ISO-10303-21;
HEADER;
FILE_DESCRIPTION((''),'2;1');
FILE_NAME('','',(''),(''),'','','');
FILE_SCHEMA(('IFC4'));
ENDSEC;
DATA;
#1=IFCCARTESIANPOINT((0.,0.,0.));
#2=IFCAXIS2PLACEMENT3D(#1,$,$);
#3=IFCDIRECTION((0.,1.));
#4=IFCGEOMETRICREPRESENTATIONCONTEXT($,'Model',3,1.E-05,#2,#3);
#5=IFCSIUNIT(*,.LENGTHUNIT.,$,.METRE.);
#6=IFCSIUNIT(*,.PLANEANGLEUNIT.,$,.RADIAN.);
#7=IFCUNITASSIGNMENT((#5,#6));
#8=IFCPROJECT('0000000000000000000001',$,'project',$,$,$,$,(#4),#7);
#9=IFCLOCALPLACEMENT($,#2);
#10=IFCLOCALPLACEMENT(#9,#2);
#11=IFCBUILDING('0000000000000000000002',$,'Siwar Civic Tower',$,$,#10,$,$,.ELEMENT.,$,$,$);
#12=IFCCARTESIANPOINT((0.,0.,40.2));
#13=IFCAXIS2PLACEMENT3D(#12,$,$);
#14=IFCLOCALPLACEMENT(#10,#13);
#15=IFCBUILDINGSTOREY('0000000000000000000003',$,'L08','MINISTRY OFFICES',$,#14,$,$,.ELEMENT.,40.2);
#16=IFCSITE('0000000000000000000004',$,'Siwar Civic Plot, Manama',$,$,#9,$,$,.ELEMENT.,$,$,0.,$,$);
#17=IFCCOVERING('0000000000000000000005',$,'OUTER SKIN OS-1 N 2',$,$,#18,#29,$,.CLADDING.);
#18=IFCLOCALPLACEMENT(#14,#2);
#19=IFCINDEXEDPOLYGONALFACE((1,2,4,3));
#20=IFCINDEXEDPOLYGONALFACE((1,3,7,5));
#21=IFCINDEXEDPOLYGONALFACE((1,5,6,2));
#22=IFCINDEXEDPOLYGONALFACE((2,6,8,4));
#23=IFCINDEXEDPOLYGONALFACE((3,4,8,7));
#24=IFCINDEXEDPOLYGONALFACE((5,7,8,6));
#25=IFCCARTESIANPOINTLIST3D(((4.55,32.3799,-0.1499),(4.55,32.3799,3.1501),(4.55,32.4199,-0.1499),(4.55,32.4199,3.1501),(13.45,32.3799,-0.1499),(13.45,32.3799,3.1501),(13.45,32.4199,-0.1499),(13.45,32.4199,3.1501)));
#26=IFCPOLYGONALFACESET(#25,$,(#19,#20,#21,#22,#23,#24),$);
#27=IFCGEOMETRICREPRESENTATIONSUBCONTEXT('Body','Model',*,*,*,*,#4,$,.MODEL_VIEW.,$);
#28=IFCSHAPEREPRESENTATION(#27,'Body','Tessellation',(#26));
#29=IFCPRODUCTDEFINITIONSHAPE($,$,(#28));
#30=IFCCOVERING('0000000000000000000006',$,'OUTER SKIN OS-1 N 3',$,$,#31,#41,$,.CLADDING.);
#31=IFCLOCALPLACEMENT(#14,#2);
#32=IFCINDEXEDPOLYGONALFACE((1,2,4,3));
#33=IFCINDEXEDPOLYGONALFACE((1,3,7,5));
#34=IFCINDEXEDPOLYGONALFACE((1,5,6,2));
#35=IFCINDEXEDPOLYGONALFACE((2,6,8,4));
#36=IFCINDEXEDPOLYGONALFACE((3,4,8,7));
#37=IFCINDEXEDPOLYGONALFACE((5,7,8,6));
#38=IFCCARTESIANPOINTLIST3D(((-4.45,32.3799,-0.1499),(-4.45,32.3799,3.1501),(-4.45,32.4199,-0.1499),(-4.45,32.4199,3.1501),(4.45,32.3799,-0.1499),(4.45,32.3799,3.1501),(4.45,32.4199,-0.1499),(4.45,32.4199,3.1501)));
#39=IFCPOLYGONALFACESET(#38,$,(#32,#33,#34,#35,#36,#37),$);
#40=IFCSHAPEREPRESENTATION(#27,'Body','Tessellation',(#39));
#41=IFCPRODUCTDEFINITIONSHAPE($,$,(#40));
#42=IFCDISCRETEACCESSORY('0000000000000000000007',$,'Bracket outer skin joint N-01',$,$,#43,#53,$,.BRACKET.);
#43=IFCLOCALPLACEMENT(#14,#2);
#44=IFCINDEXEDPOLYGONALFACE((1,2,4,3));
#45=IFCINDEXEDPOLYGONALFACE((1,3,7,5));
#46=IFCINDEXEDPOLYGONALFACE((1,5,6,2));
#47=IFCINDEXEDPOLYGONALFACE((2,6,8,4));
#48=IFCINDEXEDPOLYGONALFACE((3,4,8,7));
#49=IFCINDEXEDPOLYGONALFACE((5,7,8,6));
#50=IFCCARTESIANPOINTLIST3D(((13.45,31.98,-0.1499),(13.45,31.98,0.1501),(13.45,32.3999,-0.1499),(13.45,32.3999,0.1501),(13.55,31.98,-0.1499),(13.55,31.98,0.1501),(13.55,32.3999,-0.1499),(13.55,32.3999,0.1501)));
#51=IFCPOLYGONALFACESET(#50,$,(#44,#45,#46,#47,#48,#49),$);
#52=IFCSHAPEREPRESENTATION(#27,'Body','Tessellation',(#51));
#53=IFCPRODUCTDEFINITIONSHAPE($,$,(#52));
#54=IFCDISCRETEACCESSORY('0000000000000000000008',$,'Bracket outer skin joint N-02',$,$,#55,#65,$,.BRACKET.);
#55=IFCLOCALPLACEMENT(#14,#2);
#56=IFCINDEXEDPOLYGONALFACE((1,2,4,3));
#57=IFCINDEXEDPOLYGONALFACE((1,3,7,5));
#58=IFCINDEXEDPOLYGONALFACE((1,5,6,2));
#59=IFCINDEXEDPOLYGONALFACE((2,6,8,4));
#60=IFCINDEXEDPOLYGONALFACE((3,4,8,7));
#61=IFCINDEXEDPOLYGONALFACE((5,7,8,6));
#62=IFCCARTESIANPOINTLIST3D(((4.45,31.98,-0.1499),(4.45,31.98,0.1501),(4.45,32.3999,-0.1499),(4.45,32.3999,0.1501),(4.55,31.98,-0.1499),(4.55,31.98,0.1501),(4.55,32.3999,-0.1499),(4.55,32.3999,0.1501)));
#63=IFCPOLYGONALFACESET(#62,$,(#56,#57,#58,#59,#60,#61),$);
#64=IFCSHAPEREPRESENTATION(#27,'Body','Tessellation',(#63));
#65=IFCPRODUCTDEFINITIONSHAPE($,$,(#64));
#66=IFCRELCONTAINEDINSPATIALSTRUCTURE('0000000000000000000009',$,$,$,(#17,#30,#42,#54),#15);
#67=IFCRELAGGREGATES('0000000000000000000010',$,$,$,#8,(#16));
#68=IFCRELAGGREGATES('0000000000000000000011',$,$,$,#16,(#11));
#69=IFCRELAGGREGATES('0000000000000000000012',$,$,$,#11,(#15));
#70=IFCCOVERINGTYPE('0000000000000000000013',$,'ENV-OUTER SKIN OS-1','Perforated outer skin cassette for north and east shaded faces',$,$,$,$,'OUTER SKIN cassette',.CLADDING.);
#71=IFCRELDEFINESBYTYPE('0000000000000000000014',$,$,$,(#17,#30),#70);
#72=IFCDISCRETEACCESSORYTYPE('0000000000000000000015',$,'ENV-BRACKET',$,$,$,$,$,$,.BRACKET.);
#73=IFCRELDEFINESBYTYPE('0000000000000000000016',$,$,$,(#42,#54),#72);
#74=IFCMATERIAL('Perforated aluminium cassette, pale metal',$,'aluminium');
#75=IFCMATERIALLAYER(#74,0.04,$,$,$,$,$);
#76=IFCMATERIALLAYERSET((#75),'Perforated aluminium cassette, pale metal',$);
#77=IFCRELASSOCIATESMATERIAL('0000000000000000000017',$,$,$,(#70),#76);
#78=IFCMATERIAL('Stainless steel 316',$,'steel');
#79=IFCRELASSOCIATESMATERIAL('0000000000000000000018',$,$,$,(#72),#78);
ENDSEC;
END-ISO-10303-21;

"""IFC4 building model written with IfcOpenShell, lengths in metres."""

from ifc_helpers import new_model, si_unit, direction, frame, origin, origin_2d, place, context, subcontext, project, spatial, rectangle, extrude, material, layer, layer_set, type_object, element, save


model = new_model("IFC4")

# Units and contexts
model_context = context("Model", 3, precision=1e-05, world=origin(), true_north=direction((0.0, 1.0)))
body_context = subcontext(model_context, "Body", "Model", "MODEL_VIEW")
ifc_project = project(units=[si_unit("LENGTHUNIT", "METRE"), si_unit("PLANEANGLEUNIT", "RADIAN")], contexts=[model_context])

# Site, building, storey
site_placement = place(None, origin())
site = spatial("IfcSite", under=ifc_project, at=site_placement, Name="Siwar Civic Plot, Manama", CompositionType="ELEMENT", RefElevation=0.0)
building_placement = place(site_placement, origin())
building = spatial("IfcBuilding", under=site, at=building_placement, Name="Siwar Civic Tower", CompositionType="ELEMENT")
storey_placement = place(building_placement, frame((0.0, 0.0, 40.2)))
storey = spatial("IfcBuildingStorey", under=building, at=storey_placement, Name="L08", Description="MINISTRY OFFICES", CompositionType="ELEMENT", Elevation=40.2)

# Coverings
ifc_material_1 = material(Name="Perforated aluminium cassette, pale metal", Category="aluminium")
ifc_layer_1 = layer(ifc_material_1, 0.04)
ifc_layer_set_1 = layer_set([ifc_layer_1], Name="Perforated aluminium cassette, pale metal")
covering_type = type_object("IfcCoveringType", Name="ENV-OUTER SKIN OS-1", Description="Perforated outer skin cassette for north and east shaded faces", ElementType="OUTER SKIN cassette", PredefinedType="CLADDING", material=ifc_layer_set_1)
for number, where, z_axis, x_axis, name in (
    (1, (9.0, 32.3999, -0.1499), (0.0, 0.0, 1.0), (-1.0, 0.0, 0.0), "OUTER SKIN OS-1 N 2"),
    (2, (0.0, 32.3999, -0.1499), (0.0, 0.0, 1.0), (-1.0, 0.0, 0.0), "OUTER SKIN OS-1 N 3"),
):
    element("IfcCovering", number, at=place(storey_placement, frame(where, z_axis=z_axis, x_axis=x_axis)), inside=storey, type_object=covering_type, Name=name, PredefinedType="CLADDING", context=body_context, shape_type="SweptSolid", body=[
        extrude(rectangle(XDim=8.8999, YDim=0.04, at=origin_2d()), origin(), (0.0, 0.0, 1.0), 3.3),
    ])

# Discrete accessories
ifc_material_2 = material(Name="Stainless steel 316", Category="steel")
discrete_accessory_type = type_object("IfcDiscreteAccessoryType", Name="ENV-BRACKET", PredefinedType="BRACKET", material=ifc_material_2)
for number, where, z_axis, x_axis, name in (
    (3, (13.5, 32.1899, -0.1499), (0.0, 0.0, 1.0), (0.0, 1.0, 0.0), "Bracket outer skin joint N-01"),
    (4, (4.5, 32.1899, -0.1499), (0.0, 0.0, 1.0), (0.0, 1.0, 0.0), "Bracket outer skin joint N-02"),
):
    element("IfcDiscreteAccessory", number, at=place(storey_placement, frame(where, z_axis=z_axis, x_axis=x_axis)), inside=storey, type_object=discrete_accessory_type, Name=name, PredefinedType="BRACKET", context=body_context, shape_type="SweptSolid", body=[
        extrude(rectangle(XDim=0.4199, YDim=0.1001, at=origin_2d()), origin(), (0.0, 0.0, 1.0), 0.3),
    ])

save(model, "model.ifc")
